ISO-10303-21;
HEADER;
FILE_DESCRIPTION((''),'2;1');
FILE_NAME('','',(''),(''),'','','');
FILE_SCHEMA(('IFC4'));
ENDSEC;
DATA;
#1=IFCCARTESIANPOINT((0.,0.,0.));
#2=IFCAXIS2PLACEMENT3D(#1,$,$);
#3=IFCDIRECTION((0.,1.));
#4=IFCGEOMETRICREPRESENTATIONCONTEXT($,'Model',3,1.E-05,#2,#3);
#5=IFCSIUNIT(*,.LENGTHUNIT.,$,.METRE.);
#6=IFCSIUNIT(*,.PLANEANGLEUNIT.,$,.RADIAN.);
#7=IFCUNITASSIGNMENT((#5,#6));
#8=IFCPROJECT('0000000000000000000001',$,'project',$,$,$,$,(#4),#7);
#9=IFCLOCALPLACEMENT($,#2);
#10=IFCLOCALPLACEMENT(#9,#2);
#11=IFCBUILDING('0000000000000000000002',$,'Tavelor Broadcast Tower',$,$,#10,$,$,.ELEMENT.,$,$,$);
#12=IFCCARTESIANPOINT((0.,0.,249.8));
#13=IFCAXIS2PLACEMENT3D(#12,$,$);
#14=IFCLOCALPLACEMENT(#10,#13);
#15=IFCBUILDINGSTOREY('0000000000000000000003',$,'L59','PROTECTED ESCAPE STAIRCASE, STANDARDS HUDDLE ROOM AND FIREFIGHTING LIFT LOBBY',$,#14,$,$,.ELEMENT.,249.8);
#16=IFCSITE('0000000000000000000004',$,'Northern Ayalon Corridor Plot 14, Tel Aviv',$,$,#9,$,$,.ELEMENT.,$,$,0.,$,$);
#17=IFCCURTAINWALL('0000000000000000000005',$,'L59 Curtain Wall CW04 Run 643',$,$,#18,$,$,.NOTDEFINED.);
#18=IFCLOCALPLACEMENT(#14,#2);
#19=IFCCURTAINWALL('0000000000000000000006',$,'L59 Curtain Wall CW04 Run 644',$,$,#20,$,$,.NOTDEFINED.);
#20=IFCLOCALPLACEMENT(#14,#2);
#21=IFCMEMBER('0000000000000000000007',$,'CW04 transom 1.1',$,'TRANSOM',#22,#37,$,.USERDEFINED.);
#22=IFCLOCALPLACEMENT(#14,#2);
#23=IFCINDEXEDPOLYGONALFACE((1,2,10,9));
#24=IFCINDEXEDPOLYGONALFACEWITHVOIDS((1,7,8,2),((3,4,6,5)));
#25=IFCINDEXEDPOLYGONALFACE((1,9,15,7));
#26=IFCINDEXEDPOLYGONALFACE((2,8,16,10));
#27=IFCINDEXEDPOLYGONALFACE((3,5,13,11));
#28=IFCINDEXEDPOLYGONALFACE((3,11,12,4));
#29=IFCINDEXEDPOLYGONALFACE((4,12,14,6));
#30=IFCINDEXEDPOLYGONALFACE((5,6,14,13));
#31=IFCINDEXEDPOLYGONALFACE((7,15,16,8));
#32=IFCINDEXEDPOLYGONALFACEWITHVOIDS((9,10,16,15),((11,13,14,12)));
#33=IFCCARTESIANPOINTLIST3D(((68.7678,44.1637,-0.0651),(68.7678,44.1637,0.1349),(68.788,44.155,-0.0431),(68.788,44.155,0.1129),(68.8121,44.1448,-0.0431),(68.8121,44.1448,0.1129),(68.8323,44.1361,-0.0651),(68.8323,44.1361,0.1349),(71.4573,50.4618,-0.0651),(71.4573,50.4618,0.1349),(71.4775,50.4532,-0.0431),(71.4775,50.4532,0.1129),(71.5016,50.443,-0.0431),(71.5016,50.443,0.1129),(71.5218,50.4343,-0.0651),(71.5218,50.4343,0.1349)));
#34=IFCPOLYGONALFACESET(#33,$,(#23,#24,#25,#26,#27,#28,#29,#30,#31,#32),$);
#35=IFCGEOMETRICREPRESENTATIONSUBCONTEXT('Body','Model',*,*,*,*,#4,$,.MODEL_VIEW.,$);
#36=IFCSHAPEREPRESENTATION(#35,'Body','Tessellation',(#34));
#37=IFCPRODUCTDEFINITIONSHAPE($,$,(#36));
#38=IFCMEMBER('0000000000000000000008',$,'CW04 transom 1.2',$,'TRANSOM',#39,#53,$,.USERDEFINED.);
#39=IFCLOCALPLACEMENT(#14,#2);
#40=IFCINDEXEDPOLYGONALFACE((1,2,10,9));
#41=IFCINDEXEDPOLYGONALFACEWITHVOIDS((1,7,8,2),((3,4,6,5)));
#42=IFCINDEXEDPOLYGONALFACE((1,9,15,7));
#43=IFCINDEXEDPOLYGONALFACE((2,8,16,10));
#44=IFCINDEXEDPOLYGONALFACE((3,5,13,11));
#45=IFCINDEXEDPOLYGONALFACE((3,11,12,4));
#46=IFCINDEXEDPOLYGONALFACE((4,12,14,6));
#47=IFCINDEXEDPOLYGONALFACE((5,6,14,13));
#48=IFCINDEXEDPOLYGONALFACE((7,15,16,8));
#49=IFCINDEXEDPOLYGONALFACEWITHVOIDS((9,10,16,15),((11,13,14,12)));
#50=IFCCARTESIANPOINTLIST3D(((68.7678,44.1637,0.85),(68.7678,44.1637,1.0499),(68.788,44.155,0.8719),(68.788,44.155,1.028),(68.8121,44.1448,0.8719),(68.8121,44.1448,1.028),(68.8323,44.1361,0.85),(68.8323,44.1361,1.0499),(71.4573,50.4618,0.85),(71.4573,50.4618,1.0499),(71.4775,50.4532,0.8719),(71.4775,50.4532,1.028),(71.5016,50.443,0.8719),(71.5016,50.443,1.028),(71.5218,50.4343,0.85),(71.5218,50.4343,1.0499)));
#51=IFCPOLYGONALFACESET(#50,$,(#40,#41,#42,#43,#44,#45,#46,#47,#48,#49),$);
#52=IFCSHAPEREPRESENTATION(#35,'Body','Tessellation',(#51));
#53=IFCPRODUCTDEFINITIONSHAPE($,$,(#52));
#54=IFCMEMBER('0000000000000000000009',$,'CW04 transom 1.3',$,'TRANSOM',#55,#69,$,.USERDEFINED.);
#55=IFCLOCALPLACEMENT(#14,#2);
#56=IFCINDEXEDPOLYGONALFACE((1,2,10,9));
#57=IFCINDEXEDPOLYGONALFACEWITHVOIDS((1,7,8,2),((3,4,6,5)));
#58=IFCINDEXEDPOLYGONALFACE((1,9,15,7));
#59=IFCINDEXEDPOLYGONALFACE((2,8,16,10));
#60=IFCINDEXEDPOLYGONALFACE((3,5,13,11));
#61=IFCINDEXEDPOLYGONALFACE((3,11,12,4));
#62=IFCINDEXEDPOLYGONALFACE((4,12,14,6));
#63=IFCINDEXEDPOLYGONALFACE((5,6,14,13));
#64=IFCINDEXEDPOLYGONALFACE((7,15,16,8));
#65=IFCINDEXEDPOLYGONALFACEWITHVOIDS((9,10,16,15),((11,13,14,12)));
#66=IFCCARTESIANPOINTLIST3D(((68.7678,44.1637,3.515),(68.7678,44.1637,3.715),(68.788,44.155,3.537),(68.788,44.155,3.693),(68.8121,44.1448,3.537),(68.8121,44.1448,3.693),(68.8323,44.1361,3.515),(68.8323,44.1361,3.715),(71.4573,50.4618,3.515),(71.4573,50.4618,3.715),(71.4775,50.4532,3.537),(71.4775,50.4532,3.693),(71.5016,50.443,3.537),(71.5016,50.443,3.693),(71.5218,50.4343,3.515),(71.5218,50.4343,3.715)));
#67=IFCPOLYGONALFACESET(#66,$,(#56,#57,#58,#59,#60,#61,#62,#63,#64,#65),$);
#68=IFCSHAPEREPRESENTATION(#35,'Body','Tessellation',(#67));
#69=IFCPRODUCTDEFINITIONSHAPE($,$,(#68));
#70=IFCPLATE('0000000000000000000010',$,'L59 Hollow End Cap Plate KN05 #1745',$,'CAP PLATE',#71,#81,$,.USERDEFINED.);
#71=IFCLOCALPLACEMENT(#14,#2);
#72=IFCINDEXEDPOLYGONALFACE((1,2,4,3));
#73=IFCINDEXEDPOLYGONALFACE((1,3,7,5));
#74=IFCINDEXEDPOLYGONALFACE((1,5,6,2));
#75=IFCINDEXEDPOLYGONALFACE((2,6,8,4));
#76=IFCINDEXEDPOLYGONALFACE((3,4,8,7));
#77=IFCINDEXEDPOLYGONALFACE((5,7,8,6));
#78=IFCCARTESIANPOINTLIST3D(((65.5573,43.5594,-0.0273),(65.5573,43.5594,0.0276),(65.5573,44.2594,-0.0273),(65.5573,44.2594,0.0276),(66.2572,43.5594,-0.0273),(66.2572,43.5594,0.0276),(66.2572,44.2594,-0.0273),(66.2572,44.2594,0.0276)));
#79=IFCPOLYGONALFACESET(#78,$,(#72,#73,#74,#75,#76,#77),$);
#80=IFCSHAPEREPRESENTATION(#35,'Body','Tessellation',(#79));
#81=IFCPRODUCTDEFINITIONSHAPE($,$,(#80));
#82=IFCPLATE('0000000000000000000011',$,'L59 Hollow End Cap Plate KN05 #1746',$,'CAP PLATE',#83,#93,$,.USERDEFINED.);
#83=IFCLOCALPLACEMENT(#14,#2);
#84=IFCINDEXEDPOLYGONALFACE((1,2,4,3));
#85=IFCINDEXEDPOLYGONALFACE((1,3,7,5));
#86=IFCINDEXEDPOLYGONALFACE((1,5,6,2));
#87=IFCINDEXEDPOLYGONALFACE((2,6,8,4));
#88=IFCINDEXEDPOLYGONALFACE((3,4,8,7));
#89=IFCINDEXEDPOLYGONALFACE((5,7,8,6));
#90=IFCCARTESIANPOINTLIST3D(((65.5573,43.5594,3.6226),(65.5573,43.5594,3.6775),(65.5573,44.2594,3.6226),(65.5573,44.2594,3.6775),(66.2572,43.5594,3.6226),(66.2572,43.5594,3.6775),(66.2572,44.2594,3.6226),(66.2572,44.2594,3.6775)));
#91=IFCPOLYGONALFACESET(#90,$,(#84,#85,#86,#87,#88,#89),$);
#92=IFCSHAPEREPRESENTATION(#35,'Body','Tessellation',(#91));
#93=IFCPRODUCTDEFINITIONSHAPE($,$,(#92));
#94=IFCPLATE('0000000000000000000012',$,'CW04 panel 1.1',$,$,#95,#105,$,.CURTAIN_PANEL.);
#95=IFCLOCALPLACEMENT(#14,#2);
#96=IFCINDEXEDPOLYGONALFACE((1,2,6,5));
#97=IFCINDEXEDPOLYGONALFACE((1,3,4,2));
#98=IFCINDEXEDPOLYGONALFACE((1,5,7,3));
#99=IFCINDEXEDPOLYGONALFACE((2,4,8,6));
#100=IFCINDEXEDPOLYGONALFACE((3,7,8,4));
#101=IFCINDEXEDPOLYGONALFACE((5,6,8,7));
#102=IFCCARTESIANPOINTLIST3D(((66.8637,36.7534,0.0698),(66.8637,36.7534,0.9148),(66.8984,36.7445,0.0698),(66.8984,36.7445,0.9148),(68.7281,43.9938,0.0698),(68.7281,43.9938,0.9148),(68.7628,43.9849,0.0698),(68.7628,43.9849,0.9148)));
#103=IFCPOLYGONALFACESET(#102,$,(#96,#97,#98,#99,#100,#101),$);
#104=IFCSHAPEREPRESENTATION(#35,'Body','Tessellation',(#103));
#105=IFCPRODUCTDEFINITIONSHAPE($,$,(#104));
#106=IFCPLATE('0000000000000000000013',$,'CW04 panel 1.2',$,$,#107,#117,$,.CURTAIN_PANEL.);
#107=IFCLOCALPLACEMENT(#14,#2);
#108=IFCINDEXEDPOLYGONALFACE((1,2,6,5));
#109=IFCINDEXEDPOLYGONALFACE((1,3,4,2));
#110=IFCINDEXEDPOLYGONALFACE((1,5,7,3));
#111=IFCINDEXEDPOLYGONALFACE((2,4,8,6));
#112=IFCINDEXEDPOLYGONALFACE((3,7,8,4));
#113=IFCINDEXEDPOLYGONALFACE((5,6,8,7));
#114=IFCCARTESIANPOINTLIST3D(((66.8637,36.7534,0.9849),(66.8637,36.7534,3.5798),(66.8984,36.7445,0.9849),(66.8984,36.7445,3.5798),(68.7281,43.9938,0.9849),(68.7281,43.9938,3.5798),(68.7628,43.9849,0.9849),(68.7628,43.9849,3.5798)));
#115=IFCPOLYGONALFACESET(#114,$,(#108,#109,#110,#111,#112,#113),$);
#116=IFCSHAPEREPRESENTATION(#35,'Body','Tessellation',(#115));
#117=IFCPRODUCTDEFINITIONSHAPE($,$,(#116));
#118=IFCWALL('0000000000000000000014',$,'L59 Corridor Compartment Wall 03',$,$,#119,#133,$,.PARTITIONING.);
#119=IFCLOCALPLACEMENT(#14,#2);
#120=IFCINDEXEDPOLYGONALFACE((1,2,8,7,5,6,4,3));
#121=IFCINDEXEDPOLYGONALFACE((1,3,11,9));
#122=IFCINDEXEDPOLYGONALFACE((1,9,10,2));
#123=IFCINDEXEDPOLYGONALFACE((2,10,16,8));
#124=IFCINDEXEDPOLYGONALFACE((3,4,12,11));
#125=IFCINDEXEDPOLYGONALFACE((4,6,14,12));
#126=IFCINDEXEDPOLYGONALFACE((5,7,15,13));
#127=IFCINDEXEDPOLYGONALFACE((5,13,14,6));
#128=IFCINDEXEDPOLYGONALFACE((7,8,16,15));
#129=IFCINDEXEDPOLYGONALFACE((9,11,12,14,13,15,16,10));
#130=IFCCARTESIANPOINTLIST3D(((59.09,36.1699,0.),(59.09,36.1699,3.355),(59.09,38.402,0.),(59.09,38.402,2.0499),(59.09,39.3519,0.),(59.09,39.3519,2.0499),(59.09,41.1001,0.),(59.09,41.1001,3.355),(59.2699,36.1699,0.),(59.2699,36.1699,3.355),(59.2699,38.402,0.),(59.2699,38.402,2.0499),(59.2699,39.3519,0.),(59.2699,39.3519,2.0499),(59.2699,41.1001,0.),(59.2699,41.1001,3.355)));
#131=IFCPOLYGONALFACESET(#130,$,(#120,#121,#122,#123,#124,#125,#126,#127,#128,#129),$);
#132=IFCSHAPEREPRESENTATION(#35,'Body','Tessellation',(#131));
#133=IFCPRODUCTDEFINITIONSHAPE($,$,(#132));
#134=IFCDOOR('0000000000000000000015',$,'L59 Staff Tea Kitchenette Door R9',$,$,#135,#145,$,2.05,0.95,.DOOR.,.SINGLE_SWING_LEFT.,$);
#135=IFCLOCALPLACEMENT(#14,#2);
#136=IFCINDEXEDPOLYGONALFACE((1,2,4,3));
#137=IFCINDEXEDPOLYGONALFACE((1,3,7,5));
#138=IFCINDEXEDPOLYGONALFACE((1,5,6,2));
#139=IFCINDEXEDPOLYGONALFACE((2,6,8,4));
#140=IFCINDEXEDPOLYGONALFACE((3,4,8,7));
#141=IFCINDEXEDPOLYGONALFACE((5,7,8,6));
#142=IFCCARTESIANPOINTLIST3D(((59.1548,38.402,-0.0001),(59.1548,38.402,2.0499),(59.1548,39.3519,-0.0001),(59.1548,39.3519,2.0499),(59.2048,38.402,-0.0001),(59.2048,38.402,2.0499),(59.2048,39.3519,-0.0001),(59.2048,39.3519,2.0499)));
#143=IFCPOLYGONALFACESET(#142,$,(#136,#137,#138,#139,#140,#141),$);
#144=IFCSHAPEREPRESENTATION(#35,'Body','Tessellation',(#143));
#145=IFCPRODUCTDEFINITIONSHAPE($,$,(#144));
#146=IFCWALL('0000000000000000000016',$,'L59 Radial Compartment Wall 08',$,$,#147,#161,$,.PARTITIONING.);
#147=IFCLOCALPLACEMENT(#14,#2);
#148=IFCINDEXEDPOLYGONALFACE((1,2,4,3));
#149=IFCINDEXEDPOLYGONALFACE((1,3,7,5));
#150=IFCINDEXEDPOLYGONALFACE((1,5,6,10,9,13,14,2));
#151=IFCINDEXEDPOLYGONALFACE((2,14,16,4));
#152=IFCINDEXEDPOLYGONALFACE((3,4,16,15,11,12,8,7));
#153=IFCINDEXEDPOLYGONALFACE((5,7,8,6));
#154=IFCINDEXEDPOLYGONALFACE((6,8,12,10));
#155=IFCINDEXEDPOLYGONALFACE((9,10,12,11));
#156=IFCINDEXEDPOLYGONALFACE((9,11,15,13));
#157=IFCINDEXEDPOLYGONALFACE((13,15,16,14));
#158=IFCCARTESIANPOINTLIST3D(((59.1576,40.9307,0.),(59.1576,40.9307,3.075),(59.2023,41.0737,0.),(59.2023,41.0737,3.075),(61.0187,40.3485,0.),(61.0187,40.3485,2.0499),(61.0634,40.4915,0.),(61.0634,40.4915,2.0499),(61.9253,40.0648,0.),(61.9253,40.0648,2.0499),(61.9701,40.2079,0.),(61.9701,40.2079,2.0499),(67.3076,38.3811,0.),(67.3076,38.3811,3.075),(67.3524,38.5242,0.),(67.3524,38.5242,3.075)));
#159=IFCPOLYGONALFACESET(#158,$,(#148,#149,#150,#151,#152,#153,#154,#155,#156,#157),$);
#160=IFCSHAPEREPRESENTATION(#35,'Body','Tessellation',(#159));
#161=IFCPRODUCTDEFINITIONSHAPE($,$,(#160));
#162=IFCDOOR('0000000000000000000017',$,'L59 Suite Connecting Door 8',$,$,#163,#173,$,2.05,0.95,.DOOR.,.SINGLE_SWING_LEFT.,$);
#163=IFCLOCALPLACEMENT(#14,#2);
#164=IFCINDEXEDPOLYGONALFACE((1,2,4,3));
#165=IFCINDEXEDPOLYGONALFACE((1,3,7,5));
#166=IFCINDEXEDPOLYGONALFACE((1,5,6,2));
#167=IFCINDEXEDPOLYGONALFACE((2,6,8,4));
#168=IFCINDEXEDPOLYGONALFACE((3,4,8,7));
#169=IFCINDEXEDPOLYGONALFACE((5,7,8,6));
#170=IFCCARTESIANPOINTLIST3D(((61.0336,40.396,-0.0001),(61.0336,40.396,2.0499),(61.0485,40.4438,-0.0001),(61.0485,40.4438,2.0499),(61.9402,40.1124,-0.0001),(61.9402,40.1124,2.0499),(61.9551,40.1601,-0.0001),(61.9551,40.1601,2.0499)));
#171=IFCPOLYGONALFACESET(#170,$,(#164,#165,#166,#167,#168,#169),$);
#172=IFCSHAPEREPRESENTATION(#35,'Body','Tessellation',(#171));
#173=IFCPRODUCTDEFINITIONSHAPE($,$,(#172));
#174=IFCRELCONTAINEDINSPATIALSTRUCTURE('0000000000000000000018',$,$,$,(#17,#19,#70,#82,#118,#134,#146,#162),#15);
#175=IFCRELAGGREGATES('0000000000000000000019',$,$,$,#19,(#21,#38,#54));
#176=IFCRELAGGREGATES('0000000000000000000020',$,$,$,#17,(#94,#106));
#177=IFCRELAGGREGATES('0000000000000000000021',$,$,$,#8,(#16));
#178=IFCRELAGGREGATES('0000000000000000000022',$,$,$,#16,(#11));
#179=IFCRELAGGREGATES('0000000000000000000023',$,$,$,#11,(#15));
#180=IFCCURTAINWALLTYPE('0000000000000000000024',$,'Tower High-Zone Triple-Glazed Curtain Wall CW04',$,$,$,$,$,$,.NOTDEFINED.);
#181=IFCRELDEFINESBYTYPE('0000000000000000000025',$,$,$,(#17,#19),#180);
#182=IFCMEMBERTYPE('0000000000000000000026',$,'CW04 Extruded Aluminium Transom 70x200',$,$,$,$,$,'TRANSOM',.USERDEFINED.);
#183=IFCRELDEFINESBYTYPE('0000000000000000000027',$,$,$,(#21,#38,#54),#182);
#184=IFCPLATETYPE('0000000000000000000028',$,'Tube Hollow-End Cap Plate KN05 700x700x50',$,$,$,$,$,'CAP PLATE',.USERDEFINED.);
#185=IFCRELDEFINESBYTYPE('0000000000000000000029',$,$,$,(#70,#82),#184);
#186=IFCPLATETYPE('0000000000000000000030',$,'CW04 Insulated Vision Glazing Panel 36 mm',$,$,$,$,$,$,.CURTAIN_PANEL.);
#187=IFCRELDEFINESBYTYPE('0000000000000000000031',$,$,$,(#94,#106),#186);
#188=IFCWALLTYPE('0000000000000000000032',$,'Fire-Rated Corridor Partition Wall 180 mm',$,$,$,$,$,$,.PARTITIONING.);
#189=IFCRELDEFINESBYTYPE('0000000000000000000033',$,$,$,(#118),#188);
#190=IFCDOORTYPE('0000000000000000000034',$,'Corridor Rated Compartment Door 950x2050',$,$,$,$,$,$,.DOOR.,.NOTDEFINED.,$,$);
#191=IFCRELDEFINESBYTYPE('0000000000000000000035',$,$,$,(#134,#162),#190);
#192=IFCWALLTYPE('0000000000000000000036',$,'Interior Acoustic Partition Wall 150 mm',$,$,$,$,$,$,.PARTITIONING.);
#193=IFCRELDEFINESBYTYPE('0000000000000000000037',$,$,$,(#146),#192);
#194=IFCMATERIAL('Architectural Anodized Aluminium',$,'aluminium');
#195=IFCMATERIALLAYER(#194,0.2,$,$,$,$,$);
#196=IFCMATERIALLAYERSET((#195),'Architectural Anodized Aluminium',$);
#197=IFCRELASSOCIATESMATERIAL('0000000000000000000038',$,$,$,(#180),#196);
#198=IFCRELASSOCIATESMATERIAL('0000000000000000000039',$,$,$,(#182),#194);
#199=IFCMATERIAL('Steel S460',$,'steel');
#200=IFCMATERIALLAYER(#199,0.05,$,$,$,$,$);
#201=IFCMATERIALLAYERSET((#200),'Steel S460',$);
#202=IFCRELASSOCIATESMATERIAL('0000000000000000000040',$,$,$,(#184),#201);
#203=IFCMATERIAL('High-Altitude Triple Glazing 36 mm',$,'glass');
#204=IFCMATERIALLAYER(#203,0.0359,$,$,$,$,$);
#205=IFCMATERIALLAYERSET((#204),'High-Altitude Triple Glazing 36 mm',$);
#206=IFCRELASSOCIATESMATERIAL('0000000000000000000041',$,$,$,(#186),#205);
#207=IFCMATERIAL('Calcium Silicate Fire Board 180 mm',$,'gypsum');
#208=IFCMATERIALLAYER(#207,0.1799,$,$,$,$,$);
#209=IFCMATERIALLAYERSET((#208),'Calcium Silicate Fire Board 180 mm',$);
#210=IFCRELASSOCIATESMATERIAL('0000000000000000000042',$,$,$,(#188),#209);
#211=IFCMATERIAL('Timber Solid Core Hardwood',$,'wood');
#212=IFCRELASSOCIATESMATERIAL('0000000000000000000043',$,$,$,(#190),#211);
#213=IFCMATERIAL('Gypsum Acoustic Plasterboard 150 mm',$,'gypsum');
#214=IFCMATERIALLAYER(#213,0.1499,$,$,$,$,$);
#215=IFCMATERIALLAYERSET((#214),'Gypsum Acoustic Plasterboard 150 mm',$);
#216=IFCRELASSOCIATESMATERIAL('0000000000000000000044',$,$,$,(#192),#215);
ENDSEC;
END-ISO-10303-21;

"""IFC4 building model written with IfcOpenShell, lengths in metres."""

from ifc_helpers import new_model, si_unit, direction, frame, frame_2d, origin, origin_2d, place, context, subcontext, project, spatial, rectangle, hollow_rectangle, extrude, source, transform, mapped, material, layer, layer_set, material_profile, profile_set, type_object, type_shapes, element, fill, aggregate, save


model = new_model("IFC4")

# Units and contexts
model_context = context("Model", 3, precision=1e-05, world=origin(), true_north=direction((0.0, 1.0)))
body_context = subcontext(model_context, "Body", "Model", "MODEL_VIEW")
ifc_project = project(units=[si_unit("LENGTHUNIT", "METRE"), si_unit("PLANEANGLEUNIT", "RADIAN")], contexts=[model_context])

# Site, building, storey
site_placement = place(None, origin())
site = spatial("IfcSite", under=ifc_project, at=site_placement, Name="Northern Ayalon Corridor Plot 14, Tel Aviv", CompositionType="ELEMENT", RefElevation=0.0)
building_placement = place(site_placement, origin())
building = spatial("IfcBuilding", under=site, at=building_placement, Name="Tavelor Broadcast Tower", CompositionType="ELEMENT")
storey_placement = place(building_placement, frame((0.0, 0.0, 249.8)))
storey = spatial("IfcBuildingStorey", under=building, at=storey_placement, Name="L59", Description="PROTECTED ESCAPE STAIRCASE, STANDARDS HUDDLE ROOM AND FIREFIGHTING LIFT LOBBY", CompositionType="ELEMENT", Elevation=249.8)

# Shared definitions
ifc_material_1 = material(Name="Steel S460", Category="steel")

# Curtain wall
ifc_material_2 = material(Name="Architectural Anodized Aluminium", Category="aluminium")
ifc_layer_1 = layer(ifc_material_2, 0.2)
ifc_layer_set_1 = layer_set([ifc_layer_1], Name="Architectural Anodized Aluminium")
curtain_wall_type = type_object("IfcCurtainWallType", Name="Tower High-Zone Triple-Glazed Curtain Wall CW04", PredefinedType="NOTDEFINED", material=ifc_layer_set_1)
curtain_wall_1_placement = place(storey_placement, origin())
curtain_wall_1 = element("IfcCurtainWall", 1, at=curtain_wall_1_placement, inside=storey, type_object=curtain_wall_type, Name="L59 Curtain Wall CW04 Run 643", PredefinedType="NOTDEFINED")

# Curtain wall, members
curtain_wall_2_placement = place(storey_placement, origin())
curtain_wall_2 = element("IfcCurtainWall", 2, at=curtain_wall_2_placement, inside=storey, type_object=curtain_wall_type, Name="L59 Curtain Wall CW04 Run 644", PredefinedType="NOTDEFINED")
ifc_material_profile_1 = material_profile(ifc_material_2, hollow_rectangle(XDim=0.0701, YDim=0.2, WallThickness=0.022, at=origin_2d()), Name="RHS 70x200x22")
ifc_profile_set_1 = profile_set([ifc_material_profile_1], Name="Architectural Anodized Aluminium")
member_type_1 = type_object("IfcMemberType", Name="CW04 Extruded Aluminium Transom 70x200", ElementType="TRANSOM", PredefinedType="USERDEFINED", material=ifc_profile_set_1)
shared_shape_1 = source(origin(), body_context, "Body", "SweptSolid", [
    extrude(hollow_rectangle(XDim=0.0701, YDim=0.2, WallThickness=0.022, at=origin_2d()), origin(), (0.0, 0.0, 1.0), 6.8484),
])
type_shapes(member_type_1, [shared_shape_1])
member_1_placement = place(storey_placement, frame((68.8, 44.1499, 0.0349), z_axis=(0.392719, 0.919659, 0.0), x_axis=(-0.919659, 0.392719, 0.0)))
member_1 = element("IfcMember", 3, at=member_1_placement, type_object=member_type_1, Name="CW04 transom 1.1", ObjectType="TRANSOM", PredefinedType="USERDEFINED", context=body_context, shape_type="MappedRepresentation", body=[
    mapped(shared_shape_1, transform((0.0, 0.0, 0.0), scale=1.0)),
])
member_2_placement = place(storey_placement, frame((68.8, 44.1499, 0.95), z_axis=(0.392719, 0.919659, 0.0), x_axis=(-0.919659, 0.392719, 0.0)))
member_2 = element("IfcMember", 4, at=member_2_placement, type_object=member_type_1, Name="CW04 transom 1.2", ObjectType="TRANSOM", PredefinedType="USERDEFINED", context=body_context, shape_type="MappedRepresentation", body=[
    mapped(shared_shape_1, transform((0.0, 0.0, 0.0), scale=1.0)),
])
member_3_placement = place(storey_placement, frame((68.8, 44.1499, 3.615), z_axis=(0.392719, 0.919659, 0.0), x_axis=(-0.919659, 0.392719, 0.0)))
member_3 = element("IfcMember", 5, at=member_3_placement, type_object=member_type_1, Name="CW04 transom 1.3", ObjectType="TRANSOM", PredefinedType="USERDEFINED", context=body_context, shape_type="MappedRepresentation", body=[
    mapped(shared_shape_1, transform((0.0, 0.0, 0.0), scale=1.0)),
])
aggregate(curtain_wall_2, [member_1, member_2, member_3])

# Plates
ifc_layer_2 = layer(ifc_material_1, 0.05)
ifc_layer_set_2 = layer_set([ifc_layer_2], Name="Steel S460")
plate_type_1 = type_object("IfcPlateType", Name="Tube Hollow-End Cap Plate KN05 700x700x50", ElementType="CAP PLATE", PredefinedType="USERDEFINED", material=ifc_layer_set_2)
shared_shape_2 = source(origin(), body_context, "Body", "SweptSolid", [
    extrude(rectangle(XDim=0.7, YDim=0.7, at=origin_2d()), origin(), (0.0, 0.0, 1.0), 0.0549),
])
type_shapes(plate_type_1, [shared_shape_2])
for number, where, z_axis, x_axis, name in (
    (6, (65.9072, 43.9094, -0.0273), (0.0, 0.0, 1.0), (1.0, 0.0, 0.0), "L59 Hollow End Cap Plate KN05 #1745"),
    (7, (65.9072, 43.9094, 3.6226), (0.0, 0.0, 1.0), (1.0, 0.0, 0.0), "L59 Hollow End Cap Plate KN05 #1746"),
):
    element("IfcPlate", number, at=place(storey_placement, frame(where, z_axis=z_axis, x_axis=x_axis)), inside=storey, type_object=plate_type_1, Name=name, ObjectType="CAP PLATE", PredefinedType="USERDEFINED", context=body_context, shape_type="MappedRepresentation", body=[
        mapped(shared_shape_2, transform((0.0, 0.0, 0.0), scale=1.0)),
    ])

# Plates
ifc_material_3 = material(Name="High-Altitude Triple Glazing 36 mm", Category="glass")
ifc_layer_3 = layer(ifc_material_3, 0.0359)
ifc_layer_set_3 = layer_set([ifc_layer_3], Name="High-Altitude Triple Glazing 36 mm")
plate_type_2 = type_object("IfcPlateType", Name="CW04 Insulated Vision Glazing Panel 36 mm", PredefinedType="CURTAIN_PANEL", material=ifc_layer_set_3)
shared_shape_3 = source(origin(), body_context, "Body", "SweptSolid", [
    extrude(rectangle(XDim=7.4766, YDim=0.0359, at=origin_2d()), origin(), (0.0, 0.0, 1.0), 0.845),
])
plate_1_placement = place(storey_placement, frame((67.8132, 40.3691, 0.0698), z_axis=(0.0, 0.0, 1.0), x_axis=(0.249366, 0.968409, 0.0)))
plate_1 = element("IfcPlate", 8, at=plate_1_placement, type_object=plate_type_2, Name="CW04 panel 1.1", PredefinedType="CURTAIN_PANEL", context=body_context, shape_type="MappedRepresentation", body=[
    mapped(shared_shape_3, transform((0.0, 0.0, 0.0), scale=1.0)),
])
shared_shape_4 = source(origin(), body_context, "Body", "SweptSolid", [
    extrude(rectangle(XDim=7.4766, YDim=0.0359, at=origin_2d()), origin(), (0.0, 0.0, 1.0), 2.595),
])
type_shapes(plate_type_2, [shared_shape_3, shared_shape_4])
plate_2_placement = place(storey_placement, frame((67.8132, 40.3691, 0.9849), z_axis=(0.0, 0.0, 1.0), x_axis=(0.249366, 0.968409, 0.0)))
plate_2 = element("IfcPlate", 9, at=plate_2_placement, type_object=plate_type_2, Name="CW04 panel 1.2", PredefinedType="CURTAIN_PANEL", context=body_context, shape_type="MappedRepresentation", body=[
    mapped(shared_shape_4, transform((0.0, 0.0, 0.0), scale=1.0)),
])
aggregate(curtain_wall_1, [plate_1, plate_2])

# Walls, openings, doors
ifc_material_4 = material(Name="Calcium Silicate Fire Board 180 mm", Category="gypsum")
ifc_layer_4 = layer(ifc_material_4, 0.1799)
ifc_layer_set_4 = layer_set([ifc_layer_4], Name="Calcium Silicate Fire Board 180 mm")
wall_type_1 = type_object("IfcWallType", Name="Fire-Rated Corridor Partition Wall 180 mm", PredefinedType="PARTITIONING", material=ifc_layer_set_4)
wall_1_placement = place(storey_placement, frame((59.1799, 41.1001, 0.0), z_axis=(0.0, 0.0, 1.0), x_axis=(0.0, -1.0, 0.0)))
wall_1 = element("IfcWall", 10, at=wall_1_placement, inside=storey, type_object=wall_type_1, Name="L59 Corridor Compartment Wall 03", PredefinedType="PARTITIONING", context=body_context, shape_type="SweptSolid", body=[
    extrude(rectangle(XDim=4.9302, YDim=0.1799, at=frame_2d((2.4651, 0.0))), origin(), (0.0, 0.0, 1.0), 3.355),
])
opening_1_placement = place(wall_1_placement, frame((1.748, 0.0, 0.0)))
opening_1 = element("IfcOpeningElement", 11, at=opening_1_placement, cuts=wall_1, PredefinedType="OPENING", context=body_context, shape_type="SweptSolid", body=[
    extrude(rectangle(XDim=0.95, YDim=2.05, at=frame_2d((0.4751, 1.0249))), frame((0.0, 0.1001, 0.0), z_axis=(0.0, -1.0, 0.0), x_axis=(1.0, 0.0, 0.0)), (0.0, 0.0, 1.0), 0.2),
])
ifc_material_5 = material(Name="Timber Solid Core Hardwood", Category="wood")
door_type_1 = type_object("IfcDoorType", Name="Corridor Rated Compartment Door 950x2050", OperationType="NOTDEFINED", PredefinedType="DOOR", material=ifc_material_5)
door_1_placement = place(opening_1_placement, origin())
door_1 = element("IfcDoor", 12, at=door_1_placement, inside=storey, type_object=door_type_1, Name="L59 Staff Tea Kitchenette Door R9", OperationType="SINGLE_SWING_LEFT", OverallHeight=2.05, OverallWidth=0.95, PredefinedType="DOOR", context=body_context, shape_type="SweptSolid", body=[
    extrude(rectangle(XDim=0.95, YDim=2.05, at=frame_2d((0.4751, 1.0249))), frame((0.0, 0.0249, 0.0), z_axis=(0.0, -1.0, 0.0), x_axis=(1.0, 0.0, 0.0)), (0.0, 0.0, 1.0), 0.05),
])
fill(opening_1, door_1)
ifc_material_6 = material(Name="Gypsum Acoustic Plasterboard 150 mm", Category="gypsum")
ifc_layer_5 = layer(ifc_material_6, 0.1499)
ifc_layer_set_5 = layer_set([ifc_layer_5], Name="Gypsum Acoustic Plasterboard 150 mm")
wall_type_2 = type_object("IfcWallType", Name="Interior Acoustic Partition Wall 150 mm", PredefinedType="PARTITIONING", material=ifc_layer_set_5)
wall_2_placement = place(storey_placement, frame((59.1799, 41.0022, 0.0), z_axis=(0.0, 0.0, 1.0), x_axis=(0.954392, -0.298557, 0.0)))
wall_2 = element("IfcWall", 13, at=wall_2_placement, inside=storey, type_object=wall_type_2, Name="L59 Radial Compartment Wall 08", PredefinedType="PARTITIONING", context=body_context, shape_type="SweptSolid", body=[
    extrude(rectangle(XDim=8.5396, YDim=0.1499, at=frame_2d((4.2698, 0.0))), origin(), (0.0, 0.0, 1.0), 3.075),
])
opening_2_placement = place(wall_2_placement, frame((1.95, 0.0, 0.0)))
opening_2 = element("IfcOpeningElement", 14, at=opening_2_placement, cuts=wall_2, PredefinedType="OPENING", context=body_context, shape_type="SweptSolid", body=[
    extrude(rectangle(XDim=0.95, YDim=2.05, at=frame_2d((0.4751, 1.0249))), frame((0.0, 0.085, 0.0), z_axis=(0.0, -1.0, 0.0), x_axis=(1.0, 0.0, 0.0)), (0.0, 0.0, 1.0), 0.1699),
])
door_2_placement = place(opening_2_placement, origin())
door_2 = element("IfcDoor", 15, at=door_2_placement, inside=storey, type_object=door_type_1, Name="L59 Suite Connecting Door 8", OperationType="SINGLE_SWING_LEFT", OverallHeight=2.05, OverallWidth=0.95, PredefinedType="DOOR", context=body_context, shape_type="SweptSolid", body=[
    extrude(rectangle(XDim=0.95, YDim=2.05, at=frame_2d((0.4751, 1.0249))), frame((0.0, 0.0249, 0.0), z_axis=(0.0, -1.0, 0.0), x_axis=(1.0, 0.0, 0.0)), (0.0, 0.0, 1.0), 0.05),
])
fill(opening_2, door_2)

save(model, "model.ifc")
